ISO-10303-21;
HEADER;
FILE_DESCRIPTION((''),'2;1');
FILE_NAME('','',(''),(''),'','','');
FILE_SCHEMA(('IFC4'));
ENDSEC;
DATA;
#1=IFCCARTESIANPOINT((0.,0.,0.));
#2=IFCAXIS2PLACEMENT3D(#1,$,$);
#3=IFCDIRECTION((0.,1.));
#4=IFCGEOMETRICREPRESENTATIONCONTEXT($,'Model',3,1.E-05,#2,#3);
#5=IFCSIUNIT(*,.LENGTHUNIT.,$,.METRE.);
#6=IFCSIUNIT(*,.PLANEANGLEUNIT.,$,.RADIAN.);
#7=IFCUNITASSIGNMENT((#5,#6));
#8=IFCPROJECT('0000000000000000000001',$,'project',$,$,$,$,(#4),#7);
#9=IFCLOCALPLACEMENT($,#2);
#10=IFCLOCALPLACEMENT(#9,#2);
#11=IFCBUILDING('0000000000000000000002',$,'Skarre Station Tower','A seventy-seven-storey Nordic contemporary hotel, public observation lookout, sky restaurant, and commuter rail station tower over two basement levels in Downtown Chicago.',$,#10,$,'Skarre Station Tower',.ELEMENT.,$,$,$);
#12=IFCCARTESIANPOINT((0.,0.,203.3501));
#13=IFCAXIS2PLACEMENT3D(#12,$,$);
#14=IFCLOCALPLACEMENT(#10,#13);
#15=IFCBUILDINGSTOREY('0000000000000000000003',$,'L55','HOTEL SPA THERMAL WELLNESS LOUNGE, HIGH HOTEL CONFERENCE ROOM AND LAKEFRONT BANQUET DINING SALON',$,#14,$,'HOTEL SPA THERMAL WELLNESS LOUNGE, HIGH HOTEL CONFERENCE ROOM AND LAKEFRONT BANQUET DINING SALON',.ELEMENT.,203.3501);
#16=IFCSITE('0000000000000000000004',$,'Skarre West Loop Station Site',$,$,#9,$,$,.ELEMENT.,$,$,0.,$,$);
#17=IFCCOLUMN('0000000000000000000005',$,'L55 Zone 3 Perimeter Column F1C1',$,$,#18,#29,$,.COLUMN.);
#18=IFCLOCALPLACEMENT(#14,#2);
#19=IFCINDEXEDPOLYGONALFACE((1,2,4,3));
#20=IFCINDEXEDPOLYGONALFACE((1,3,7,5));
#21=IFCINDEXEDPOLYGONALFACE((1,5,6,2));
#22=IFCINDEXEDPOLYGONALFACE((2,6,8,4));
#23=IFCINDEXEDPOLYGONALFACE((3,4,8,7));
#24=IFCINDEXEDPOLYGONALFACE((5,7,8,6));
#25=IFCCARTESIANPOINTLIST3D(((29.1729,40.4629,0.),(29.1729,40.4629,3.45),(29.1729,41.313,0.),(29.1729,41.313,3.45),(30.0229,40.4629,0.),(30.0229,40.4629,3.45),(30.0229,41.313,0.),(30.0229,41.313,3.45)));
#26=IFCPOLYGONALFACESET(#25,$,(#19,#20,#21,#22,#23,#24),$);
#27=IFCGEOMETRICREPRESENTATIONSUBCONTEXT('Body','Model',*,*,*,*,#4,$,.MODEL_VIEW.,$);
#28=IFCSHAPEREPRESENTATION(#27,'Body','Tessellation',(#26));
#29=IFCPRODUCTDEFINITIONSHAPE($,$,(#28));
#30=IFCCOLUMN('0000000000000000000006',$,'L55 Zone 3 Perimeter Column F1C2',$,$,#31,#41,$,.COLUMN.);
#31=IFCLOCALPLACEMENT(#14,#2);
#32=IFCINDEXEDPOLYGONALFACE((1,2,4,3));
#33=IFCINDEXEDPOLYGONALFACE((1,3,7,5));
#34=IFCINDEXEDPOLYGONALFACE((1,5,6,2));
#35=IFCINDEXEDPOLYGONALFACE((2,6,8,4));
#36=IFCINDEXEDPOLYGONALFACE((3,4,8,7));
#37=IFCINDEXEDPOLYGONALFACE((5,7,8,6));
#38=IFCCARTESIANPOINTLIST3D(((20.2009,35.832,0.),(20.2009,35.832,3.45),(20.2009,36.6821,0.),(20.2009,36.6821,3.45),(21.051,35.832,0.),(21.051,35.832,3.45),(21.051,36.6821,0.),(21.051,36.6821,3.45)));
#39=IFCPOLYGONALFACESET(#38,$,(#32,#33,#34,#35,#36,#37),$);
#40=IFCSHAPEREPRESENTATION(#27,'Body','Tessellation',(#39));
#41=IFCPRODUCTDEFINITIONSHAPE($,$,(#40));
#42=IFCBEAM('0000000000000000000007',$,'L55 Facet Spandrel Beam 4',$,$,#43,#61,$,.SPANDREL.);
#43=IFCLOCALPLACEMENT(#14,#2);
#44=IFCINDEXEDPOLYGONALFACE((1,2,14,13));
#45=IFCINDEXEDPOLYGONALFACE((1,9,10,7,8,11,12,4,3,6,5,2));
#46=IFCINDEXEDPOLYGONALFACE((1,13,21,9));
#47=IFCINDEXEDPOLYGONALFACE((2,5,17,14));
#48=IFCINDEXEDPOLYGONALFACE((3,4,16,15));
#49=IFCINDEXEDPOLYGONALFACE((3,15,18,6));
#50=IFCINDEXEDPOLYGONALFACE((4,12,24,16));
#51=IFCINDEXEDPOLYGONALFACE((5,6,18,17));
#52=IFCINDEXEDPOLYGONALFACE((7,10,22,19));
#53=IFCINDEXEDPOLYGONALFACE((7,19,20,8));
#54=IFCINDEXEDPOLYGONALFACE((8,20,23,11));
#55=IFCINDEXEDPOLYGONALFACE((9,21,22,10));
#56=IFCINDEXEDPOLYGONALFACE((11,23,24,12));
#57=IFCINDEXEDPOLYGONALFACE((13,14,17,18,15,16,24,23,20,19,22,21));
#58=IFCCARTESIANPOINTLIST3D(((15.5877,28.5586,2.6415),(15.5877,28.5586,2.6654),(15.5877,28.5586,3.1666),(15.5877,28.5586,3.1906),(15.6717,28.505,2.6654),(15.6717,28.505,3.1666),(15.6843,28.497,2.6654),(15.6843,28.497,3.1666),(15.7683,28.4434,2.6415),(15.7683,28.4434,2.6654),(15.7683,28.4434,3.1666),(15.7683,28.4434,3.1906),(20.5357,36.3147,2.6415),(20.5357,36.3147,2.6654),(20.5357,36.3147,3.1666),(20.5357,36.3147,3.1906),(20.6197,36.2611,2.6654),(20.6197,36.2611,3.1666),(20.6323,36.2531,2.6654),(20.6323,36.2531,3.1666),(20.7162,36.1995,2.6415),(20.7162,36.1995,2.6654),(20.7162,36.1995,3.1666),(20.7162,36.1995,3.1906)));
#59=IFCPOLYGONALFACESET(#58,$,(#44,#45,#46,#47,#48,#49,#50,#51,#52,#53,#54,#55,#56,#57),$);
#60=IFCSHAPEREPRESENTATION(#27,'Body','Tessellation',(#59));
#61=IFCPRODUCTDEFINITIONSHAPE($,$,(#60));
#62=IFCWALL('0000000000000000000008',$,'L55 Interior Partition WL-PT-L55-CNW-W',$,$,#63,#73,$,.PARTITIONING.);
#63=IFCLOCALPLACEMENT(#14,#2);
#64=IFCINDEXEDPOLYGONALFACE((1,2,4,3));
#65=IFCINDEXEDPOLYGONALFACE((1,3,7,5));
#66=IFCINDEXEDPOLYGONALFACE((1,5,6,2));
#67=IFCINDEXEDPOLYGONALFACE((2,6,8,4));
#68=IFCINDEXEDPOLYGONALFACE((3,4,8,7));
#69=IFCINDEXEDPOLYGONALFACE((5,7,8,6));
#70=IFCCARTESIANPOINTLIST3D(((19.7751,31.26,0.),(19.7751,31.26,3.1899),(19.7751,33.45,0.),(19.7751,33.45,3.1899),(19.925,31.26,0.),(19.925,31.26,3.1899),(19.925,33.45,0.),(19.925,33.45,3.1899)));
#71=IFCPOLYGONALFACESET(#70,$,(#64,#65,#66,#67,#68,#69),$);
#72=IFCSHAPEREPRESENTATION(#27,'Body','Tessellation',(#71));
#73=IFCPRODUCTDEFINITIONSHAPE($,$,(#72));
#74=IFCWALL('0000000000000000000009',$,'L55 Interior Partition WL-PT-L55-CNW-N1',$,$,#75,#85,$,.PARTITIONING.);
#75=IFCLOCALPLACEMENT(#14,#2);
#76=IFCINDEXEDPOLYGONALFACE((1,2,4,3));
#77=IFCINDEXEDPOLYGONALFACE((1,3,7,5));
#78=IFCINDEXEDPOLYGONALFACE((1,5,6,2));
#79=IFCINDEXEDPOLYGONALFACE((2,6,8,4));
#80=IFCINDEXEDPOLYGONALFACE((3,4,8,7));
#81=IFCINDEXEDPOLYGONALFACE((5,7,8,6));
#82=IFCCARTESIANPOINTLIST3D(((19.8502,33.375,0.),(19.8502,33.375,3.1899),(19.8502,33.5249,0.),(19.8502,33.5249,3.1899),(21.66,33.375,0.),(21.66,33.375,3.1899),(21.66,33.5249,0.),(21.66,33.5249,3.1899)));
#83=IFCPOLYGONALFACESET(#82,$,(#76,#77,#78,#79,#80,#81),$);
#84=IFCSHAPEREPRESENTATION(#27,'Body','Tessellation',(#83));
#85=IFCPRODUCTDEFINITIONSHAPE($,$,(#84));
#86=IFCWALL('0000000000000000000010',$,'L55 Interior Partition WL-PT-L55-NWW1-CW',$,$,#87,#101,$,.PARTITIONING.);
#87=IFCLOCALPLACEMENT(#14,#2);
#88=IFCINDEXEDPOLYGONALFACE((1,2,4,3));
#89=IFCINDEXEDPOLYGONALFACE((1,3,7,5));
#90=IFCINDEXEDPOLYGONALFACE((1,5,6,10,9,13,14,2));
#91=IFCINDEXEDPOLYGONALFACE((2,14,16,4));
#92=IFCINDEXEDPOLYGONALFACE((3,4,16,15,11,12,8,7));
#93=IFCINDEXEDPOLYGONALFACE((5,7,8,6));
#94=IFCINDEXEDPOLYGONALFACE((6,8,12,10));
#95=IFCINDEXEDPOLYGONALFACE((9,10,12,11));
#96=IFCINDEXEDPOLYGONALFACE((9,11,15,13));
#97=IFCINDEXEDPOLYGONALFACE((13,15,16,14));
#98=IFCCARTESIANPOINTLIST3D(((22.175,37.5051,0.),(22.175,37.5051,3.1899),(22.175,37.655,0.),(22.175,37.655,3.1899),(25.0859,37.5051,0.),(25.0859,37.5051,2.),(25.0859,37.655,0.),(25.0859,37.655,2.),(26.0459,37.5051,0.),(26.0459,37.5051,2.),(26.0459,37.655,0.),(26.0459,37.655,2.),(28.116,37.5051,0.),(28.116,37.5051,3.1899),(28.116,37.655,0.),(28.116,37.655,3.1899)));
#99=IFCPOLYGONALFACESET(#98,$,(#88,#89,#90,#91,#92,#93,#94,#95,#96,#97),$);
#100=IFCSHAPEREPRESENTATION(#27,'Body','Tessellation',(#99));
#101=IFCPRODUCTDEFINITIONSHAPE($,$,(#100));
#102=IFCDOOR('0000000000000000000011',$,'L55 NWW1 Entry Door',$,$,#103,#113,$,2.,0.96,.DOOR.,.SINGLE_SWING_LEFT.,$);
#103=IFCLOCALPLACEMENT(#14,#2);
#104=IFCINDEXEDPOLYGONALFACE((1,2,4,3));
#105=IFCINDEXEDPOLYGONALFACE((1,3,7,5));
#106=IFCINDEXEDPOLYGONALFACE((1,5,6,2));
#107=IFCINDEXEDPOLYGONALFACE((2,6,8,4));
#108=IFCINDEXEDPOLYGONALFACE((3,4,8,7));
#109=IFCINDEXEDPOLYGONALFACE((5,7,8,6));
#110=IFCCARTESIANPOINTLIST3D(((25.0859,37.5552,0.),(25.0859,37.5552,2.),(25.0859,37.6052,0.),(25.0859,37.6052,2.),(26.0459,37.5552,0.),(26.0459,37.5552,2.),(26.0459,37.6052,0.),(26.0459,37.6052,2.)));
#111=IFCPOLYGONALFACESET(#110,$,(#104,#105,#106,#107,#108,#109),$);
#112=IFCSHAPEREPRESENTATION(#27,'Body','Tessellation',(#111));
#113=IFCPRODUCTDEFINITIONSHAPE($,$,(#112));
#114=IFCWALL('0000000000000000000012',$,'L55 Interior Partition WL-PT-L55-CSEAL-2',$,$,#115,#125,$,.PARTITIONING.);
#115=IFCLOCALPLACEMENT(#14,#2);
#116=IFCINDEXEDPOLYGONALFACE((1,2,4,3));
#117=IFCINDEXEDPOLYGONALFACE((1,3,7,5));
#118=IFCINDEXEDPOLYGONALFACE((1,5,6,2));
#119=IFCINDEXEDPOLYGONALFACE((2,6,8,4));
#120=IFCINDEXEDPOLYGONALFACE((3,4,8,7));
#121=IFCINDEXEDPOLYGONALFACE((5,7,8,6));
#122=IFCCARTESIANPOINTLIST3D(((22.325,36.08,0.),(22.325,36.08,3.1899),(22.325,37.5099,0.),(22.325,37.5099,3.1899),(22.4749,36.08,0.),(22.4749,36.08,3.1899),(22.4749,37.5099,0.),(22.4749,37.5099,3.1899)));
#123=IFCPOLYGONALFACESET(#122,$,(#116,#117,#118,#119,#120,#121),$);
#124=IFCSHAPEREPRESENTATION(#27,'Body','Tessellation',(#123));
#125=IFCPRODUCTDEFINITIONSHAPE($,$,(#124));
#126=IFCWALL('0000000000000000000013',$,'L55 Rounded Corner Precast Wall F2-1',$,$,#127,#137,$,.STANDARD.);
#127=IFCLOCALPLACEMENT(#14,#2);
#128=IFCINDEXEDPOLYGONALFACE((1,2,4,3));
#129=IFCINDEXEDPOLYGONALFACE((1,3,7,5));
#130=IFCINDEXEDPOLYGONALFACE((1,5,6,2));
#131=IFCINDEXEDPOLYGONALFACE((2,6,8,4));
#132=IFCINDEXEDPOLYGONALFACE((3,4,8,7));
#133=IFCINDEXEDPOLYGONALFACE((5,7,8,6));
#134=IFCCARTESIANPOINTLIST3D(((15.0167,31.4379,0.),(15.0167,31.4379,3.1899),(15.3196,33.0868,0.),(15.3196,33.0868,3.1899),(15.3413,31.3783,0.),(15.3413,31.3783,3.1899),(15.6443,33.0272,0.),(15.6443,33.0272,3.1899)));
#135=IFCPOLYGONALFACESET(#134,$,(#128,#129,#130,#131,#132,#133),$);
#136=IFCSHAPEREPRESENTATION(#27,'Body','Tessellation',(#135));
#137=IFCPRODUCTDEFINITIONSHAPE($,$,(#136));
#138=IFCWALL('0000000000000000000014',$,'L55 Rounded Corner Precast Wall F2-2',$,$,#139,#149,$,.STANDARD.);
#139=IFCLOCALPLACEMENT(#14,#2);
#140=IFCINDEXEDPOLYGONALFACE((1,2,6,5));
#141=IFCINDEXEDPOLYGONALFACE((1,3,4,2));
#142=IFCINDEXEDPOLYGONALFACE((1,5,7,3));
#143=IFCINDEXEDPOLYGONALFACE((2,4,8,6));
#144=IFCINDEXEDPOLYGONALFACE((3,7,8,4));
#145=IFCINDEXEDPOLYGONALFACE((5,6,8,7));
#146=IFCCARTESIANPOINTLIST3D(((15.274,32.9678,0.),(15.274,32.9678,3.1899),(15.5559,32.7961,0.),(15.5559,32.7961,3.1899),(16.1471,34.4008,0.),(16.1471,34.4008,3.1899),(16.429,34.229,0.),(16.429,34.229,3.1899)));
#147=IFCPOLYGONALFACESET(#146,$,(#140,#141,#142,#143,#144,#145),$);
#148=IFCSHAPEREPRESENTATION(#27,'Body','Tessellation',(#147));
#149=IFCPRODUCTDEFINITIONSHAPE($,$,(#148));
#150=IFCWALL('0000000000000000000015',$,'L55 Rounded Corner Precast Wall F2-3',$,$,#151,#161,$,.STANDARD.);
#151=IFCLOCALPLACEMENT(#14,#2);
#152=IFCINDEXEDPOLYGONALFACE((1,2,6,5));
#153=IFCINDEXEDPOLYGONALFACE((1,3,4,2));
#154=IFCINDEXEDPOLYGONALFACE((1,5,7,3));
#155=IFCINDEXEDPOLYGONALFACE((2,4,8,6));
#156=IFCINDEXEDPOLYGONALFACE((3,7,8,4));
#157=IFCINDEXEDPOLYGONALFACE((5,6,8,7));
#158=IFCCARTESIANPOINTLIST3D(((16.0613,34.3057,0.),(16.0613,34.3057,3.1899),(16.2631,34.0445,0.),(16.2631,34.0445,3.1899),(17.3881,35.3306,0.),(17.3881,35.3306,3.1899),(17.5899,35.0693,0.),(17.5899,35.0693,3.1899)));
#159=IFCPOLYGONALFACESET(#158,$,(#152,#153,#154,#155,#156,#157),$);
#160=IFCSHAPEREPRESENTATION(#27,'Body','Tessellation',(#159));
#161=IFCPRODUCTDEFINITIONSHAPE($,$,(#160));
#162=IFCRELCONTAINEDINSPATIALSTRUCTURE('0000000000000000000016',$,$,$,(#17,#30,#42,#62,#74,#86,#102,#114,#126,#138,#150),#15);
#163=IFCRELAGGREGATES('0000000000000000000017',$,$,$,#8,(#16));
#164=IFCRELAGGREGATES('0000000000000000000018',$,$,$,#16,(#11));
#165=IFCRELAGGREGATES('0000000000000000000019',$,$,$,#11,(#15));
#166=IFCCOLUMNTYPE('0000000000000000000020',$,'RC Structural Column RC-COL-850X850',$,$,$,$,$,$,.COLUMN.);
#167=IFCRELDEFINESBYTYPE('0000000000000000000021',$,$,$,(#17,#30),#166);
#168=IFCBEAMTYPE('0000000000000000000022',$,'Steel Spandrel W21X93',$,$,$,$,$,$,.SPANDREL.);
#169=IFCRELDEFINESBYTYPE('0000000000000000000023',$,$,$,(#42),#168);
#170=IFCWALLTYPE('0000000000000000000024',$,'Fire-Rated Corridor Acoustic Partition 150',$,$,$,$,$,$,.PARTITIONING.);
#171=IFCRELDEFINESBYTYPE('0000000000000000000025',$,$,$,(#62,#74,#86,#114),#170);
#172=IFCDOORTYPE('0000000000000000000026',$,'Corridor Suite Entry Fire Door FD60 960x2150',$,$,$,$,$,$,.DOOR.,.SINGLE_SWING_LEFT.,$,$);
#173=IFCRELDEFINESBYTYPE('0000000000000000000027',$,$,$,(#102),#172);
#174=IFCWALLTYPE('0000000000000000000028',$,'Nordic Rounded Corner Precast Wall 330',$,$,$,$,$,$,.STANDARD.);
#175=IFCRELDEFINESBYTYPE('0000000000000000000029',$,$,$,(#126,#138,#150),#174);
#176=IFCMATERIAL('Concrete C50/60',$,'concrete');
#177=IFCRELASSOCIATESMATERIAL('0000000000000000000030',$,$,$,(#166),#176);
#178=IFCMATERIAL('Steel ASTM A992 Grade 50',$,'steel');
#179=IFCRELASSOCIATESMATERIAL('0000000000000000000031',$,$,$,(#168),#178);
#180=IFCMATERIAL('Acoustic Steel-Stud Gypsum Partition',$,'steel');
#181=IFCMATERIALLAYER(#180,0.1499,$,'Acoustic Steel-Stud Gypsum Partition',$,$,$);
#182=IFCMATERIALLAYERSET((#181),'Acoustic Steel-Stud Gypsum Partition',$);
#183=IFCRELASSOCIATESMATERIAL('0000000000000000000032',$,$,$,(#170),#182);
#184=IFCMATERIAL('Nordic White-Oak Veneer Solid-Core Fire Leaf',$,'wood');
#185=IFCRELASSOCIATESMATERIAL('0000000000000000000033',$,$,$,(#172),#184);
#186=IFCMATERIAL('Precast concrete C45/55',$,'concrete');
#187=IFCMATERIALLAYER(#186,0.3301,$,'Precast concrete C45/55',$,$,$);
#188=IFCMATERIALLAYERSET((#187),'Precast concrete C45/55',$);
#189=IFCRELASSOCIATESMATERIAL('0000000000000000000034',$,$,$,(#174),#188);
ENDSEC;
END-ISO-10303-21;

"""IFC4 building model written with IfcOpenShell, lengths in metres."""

from ifc_helpers import new_model, si_unit, direction, frame, frame_2d, origin, origin_2d, place, context, subcontext, project, spatial, rectangle, i_section, extrude, material, layer, layer_set, material_profile, profile_set, type_object, element, fill, save


model = new_model("IFC4")

# Units and contexts
model_context = context("Model", 3, precision=1e-05, world=origin(), true_north=direction((0.0, 1.0)))
body_context = subcontext(model_context, "Body", "Model", "MODEL_VIEW")
ifc_project = project(units=[si_unit("LENGTHUNIT", "METRE"), si_unit("PLANEANGLEUNIT", "RADIAN")], contexts=[model_context])

# Site, building, storey
site_placement = place(None, origin())
site = spatial("IfcSite", under=ifc_project, at=site_placement, Name="Skarre West Loop Station Site", CompositionType="ELEMENT", RefElevation=0.0)
building_placement = place(site_placement, origin())
building = spatial("IfcBuilding", under=site, at=building_placement, Name="Skarre Station Tower", Description="A seventy-seven-storey Nordic contemporary hotel, public observation lookout, sky restaurant, and commuter rail station tower over two basement levels in Downtown Chicago.", LongName="Skarre Station Tower", CompositionType="ELEMENT")
storey_placement = place(building_placement, frame((0.0, 0.0, 203.3501)))
storey = spatial("IfcBuildingStorey", under=building, at=storey_placement, Name="L55", Description="HOTEL SPA THERMAL WELLNESS LOUNGE, HIGH HOTEL CONFERENCE ROOM AND LAKEFRONT BANQUET DINING SALON", LongName="HOTEL SPA THERMAL WELLNESS LOUNGE, HIGH HOTEL CONFERENCE ROOM AND LAKEFRONT BANQUET DINING SALON", CompositionType="ELEMENT", Elevation=203.3501)

# Columns
ifc_material_1 = material(Name="Concrete C50/60", Category="concrete")
ifc_material_profile_1 = material_profile(ifc_material_1, rectangle(XDim=0.8501, YDim=0.8501, at=origin_2d()), Name="Concrete C50/60")
ifc_profile_set_1 = profile_set([ifc_material_profile_1], Name="Concrete C50/60")
column_type = type_object("IfcColumnType", Name="RC Structural Column RC-COL-850X850", PredefinedType="COLUMN", material=ifc_profile_set_1)
for number, where, z_axis, x_axis, name in (
    (1, (29.5979, 40.8879, 0.0), (0.0, 0.0, 1.0), (1.0, 0.0, 0.0), "L55 Zone 3 Perimeter Column F1C1"),
    (2, (20.626, 36.2571, 0.0), (0.0, 0.0, 1.0), (1.0, 0.0, 0.0), "L55 Zone 3 Perimeter Column F1C2"),
):
    element("IfcColumn", number, at=place(storey_placement, frame(where, z_axis=z_axis, x_axis=x_axis)), inside=storey, type_object=column_type, Name=name, PredefinedType="COLUMN", context=body_context, shape_type="SweptSolid", body=[
        extrude(rectangle(XDim=0.8501, YDim=0.8501, at=origin_2d()), origin(), (0.0, 0.0, 1.0), 3.45),
    ])

# Beam
ifc_material_2 = material(Name="Steel ASTM A992 Grade 50", Category="steel")
ifc_material_profile_2 = material_profile(ifc_material_2, i_section(OverallWidth=0.2141, OverallDepth=0.5491, WebThickness=0.0149, FlangeThickness=0.0239, at=origin_2d()), Name="Steel ASTM A992 Grade 50")
ifc_profile_set_2 = profile_set([ifc_material_profile_2], Name="Steel ASTM A992 Grade 50")
beam_type = type_object("IfcBeamType", Name="Steel Spandrel W21X93", PredefinedType="SPANDREL", material=ifc_profile_set_2)
beam_placement = place(storey_placement, frame((20.626, 36.2571, 2.916), z_axis=(-0.537826, -0.843056, 0.0), x_axis=(0.843056, -0.537826, 0.0)))
element("IfcBeam", 3, at=beam_placement, inside=storey, type_object=beam_type, Name="L55 Facet Spandrel Beam 4", PredefinedType="SPANDREL", context=body_context, shape_type="SweptSolid", body=[
    extrude(i_section(OverallWidth=0.2141, OverallDepth=0.5491, WebThickness=0.0149, FlangeThickness=0.0239, at=origin_2d()), origin(), (0.0, 0.0, 1.0), 9.2),
])

# Walls
ifc_material_3 = material(Name="Acoustic Steel-Stud Gypsum Partition", Category="steel")
ifc_layer_1 = layer(ifc_material_3, 0.1499, Name="Acoustic Steel-Stud Gypsum Partition")
ifc_layer_set_1 = layer_set([ifc_layer_1], Name="Acoustic Steel-Stud Gypsum Partition")
wall_type_1 = type_object("IfcWallType", Name="Fire-Rated Corridor Acoustic Partition 150", PredefinedType="PARTITIONING", material=ifc_layer_set_1)
wall_1_placement = place(storey_placement, frame((19.8501, 33.45, 0.0), z_axis=(0.0, 0.0, 1.0), x_axis=(0.0, -1.0, 0.0)))
element("IfcWall", 4, at=wall_1_placement, inside=storey, type_object=wall_type_1, Name="L55 Interior Partition WL-PT-L55-CNW-W", PredefinedType="PARTITIONING", context=body_context, shape_type="SweptSolid", body=[
    extrude(rectangle(XDim=2.1899, YDim=0.1499, at=frame_2d((1.095, 0.0))), origin(), (0.0, 0.0, 1.0), 3.1899),
])
wall_2_placement = place(storey_placement, frame((21.6599, 33.45, 0.0), z_axis=(0.0, 0.0, 1.0), x_axis=(-1.0, 0.0, 0.0)))
element("IfcWall", 5, at=wall_2_placement, inside=storey, type_object=wall_type_1, Name="L55 Interior Partition WL-PT-L55-CNW-N1", PredefinedType="PARTITIONING", context=body_context, shape_type="SweptSolid", body=[
    extrude(rectangle(XDim=1.8098, YDim=0.1499, at=frame_2d((0.9048, 0.0))), origin(), (0.0, 0.0, 1.0), 3.1899),
])

# Wall, opening, door
wall_3_placement = place(storey_placement, frame((28.116, 37.5801, 0.0), z_axis=(0.0, 0.0, 1.0), x_axis=(-1.0, 0.0, 0.0)))
wall_3 = element("IfcWall", 6, at=wall_3_placement, inside=storey, type_object=wall_type_1, Name="L55 Interior Partition WL-PT-L55-NWW1-CW", PredefinedType="PARTITIONING", context=body_context, shape_type="SweptSolid", body=[
    extrude(rectangle(XDim=5.9409, YDim=0.1499, at=frame_2d((2.9705, 0.0))), origin(), (0.0, 0.0, 1.0), 3.1899),
])
opening_1_placement = place(wall_3_placement, frame((2.0701, 0.0, 0.0)))
opening_1 = element("IfcOpeningElement", 7, at=opening_1_placement, cuts=wall_3, PredefinedType="OPENING", context=body_context, shape_type="SweptSolid", body=[
    extrude(rectangle(XDim=0.96, YDim=2.0, at=frame_2d((0.48, 1.0))), frame((0.0, 0.085, 0.0), z_axis=(0.0, -1.0, 0.0), x_axis=(1.0, 0.0, 0.0)), (0.0, 0.0, 1.0), 0.1699),
])
ifc_material_4 = material(Name="Nordic White-Oak Veneer Solid-Core Fire Leaf", Category="wood")
door_type_1 = type_object("IfcDoorType", Name="Corridor Suite Entry Fire Door FD60 960x2150", OperationType="SINGLE_SWING_LEFT", PredefinedType="DOOR", material=ifc_material_4)
door_1_placement = place(opening_1_placement, origin())
door_1 = element("IfcDoor", 8, at=door_1_placement, inside=storey, type_object=door_type_1, Name="L55 NWW1 Entry Door", OperationType="SINGLE_SWING_LEFT", OverallHeight=2.0, OverallWidth=0.96, PredefinedType="DOOR", context=body_context, shape_type="SweptSolid", body=[
    extrude(rectangle(XDim=0.96, YDim=2.0, at=frame_2d((0.48, 1.0))), frame((0.0, 0.0249, 0.0), z_axis=(0.0, -1.0, 0.0), x_axis=(1.0, 0.0, 0.0)), (0.0, 0.0, 1.0), 0.05),
])
fill(opening_1, door_1)

# Walls
wall_4_placement = place(storey_placement, frame((22.3999, 36.0801, 0.0), z_axis=(0.0, 0.0, 1.0), x_axis=(0.0, 1.0, 0.0)))
element("IfcWall", 9, at=wall_4_placement, inside=storey, type_object=wall_type_1, Name="L55 Interior Partition WL-PT-L55-CSEAL-2", PredefinedType="PARTITIONING", context=body_context, shape_type="SweptSolid", body=[
    extrude(rectangle(XDim=1.4299, YDim=0.1499, at=frame_2d((0.7148, 0.0))), origin(), (0.0, 0.0, 1.0), 3.1899),
])
ifc_material_5 = material(Name="Precast concrete C45/55", Category="concrete")
ifc_layer_2 = layer(ifc_material_5, 0.3301, Name="Precast concrete C45/55")
ifc_layer_set_2 = layer_set([ifc_layer_2], Name="Precast concrete C45/55")
wall_type_2 = type_object("IfcWallType", Name="Nordic Rounded Corner Precast Wall 330", PredefinedType="STANDARD", material=ifc_layer_set_2)
wall_5_placement = place(storey_placement, frame((15.179, 31.408, 0.0), z_axis=(0.0, 0.0, 1.0), x_axis=(0.180718, 0.983535, 0.0)))
element("IfcWall", 10, at=wall_5_placement, inside=storey, type_object=wall_type_2, Name="L55 Rounded Corner Precast Wall F2-1", PredefinedType="STANDARD", context=body_context, shape_type="SweptSolid", body=[
    extrude(rectangle(XDim=1.6765, YDim=0.3301, at=frame_2d((0.8384, 0.0))), origin(), (0.0, 0.0, 1.0), 3.1899),
])
wall_6_placement = place(storey_placement, frame((15.415, 32.8821, 0.0), z_axis=(0.0, 0.0, 1.0), x_axis=(0.520325, 0.853968, 0.0)))
element("IfcWall", 11, at=wall_6_placement, inside=storey, type_object=wall_type_2, Name="L55 Rounded Corner Precast Wall F2-2", PredefinedType="STANDARD", context=body_context, shape_type="SweptSolid", body=[
    extrude(rectangle(XDim=1.678, YDim=0.3301, at=frame_2d((0.8389, 0.0))), origin(), (0.0, 0.0, 1.0), 3.1899),
])
wall_7_placement = place(storey_placement, frame((16.1621, 34.175, 0.0), z_axis=(0.0, 0.0, 1.0), x_axis=(0.79141, 0.611286, 0.0)))
element("IfcWall", 12, at=wall_7_placement, inside=storey, type_object=wall_type_2, Name="L55 Rounded Corner Precast Wall F2-3", PredefinedType="STANDARD", context=body_context, shape_type="SweptSolid", body=[
    extrude(rectangle(XDim=1.6765, YDim=0.3301, at=frame_2d((0.8384, 0.0))), origin(), (0.0, 0.0, 1.0), 3.1899),
])

save(model, "model.ifc")
